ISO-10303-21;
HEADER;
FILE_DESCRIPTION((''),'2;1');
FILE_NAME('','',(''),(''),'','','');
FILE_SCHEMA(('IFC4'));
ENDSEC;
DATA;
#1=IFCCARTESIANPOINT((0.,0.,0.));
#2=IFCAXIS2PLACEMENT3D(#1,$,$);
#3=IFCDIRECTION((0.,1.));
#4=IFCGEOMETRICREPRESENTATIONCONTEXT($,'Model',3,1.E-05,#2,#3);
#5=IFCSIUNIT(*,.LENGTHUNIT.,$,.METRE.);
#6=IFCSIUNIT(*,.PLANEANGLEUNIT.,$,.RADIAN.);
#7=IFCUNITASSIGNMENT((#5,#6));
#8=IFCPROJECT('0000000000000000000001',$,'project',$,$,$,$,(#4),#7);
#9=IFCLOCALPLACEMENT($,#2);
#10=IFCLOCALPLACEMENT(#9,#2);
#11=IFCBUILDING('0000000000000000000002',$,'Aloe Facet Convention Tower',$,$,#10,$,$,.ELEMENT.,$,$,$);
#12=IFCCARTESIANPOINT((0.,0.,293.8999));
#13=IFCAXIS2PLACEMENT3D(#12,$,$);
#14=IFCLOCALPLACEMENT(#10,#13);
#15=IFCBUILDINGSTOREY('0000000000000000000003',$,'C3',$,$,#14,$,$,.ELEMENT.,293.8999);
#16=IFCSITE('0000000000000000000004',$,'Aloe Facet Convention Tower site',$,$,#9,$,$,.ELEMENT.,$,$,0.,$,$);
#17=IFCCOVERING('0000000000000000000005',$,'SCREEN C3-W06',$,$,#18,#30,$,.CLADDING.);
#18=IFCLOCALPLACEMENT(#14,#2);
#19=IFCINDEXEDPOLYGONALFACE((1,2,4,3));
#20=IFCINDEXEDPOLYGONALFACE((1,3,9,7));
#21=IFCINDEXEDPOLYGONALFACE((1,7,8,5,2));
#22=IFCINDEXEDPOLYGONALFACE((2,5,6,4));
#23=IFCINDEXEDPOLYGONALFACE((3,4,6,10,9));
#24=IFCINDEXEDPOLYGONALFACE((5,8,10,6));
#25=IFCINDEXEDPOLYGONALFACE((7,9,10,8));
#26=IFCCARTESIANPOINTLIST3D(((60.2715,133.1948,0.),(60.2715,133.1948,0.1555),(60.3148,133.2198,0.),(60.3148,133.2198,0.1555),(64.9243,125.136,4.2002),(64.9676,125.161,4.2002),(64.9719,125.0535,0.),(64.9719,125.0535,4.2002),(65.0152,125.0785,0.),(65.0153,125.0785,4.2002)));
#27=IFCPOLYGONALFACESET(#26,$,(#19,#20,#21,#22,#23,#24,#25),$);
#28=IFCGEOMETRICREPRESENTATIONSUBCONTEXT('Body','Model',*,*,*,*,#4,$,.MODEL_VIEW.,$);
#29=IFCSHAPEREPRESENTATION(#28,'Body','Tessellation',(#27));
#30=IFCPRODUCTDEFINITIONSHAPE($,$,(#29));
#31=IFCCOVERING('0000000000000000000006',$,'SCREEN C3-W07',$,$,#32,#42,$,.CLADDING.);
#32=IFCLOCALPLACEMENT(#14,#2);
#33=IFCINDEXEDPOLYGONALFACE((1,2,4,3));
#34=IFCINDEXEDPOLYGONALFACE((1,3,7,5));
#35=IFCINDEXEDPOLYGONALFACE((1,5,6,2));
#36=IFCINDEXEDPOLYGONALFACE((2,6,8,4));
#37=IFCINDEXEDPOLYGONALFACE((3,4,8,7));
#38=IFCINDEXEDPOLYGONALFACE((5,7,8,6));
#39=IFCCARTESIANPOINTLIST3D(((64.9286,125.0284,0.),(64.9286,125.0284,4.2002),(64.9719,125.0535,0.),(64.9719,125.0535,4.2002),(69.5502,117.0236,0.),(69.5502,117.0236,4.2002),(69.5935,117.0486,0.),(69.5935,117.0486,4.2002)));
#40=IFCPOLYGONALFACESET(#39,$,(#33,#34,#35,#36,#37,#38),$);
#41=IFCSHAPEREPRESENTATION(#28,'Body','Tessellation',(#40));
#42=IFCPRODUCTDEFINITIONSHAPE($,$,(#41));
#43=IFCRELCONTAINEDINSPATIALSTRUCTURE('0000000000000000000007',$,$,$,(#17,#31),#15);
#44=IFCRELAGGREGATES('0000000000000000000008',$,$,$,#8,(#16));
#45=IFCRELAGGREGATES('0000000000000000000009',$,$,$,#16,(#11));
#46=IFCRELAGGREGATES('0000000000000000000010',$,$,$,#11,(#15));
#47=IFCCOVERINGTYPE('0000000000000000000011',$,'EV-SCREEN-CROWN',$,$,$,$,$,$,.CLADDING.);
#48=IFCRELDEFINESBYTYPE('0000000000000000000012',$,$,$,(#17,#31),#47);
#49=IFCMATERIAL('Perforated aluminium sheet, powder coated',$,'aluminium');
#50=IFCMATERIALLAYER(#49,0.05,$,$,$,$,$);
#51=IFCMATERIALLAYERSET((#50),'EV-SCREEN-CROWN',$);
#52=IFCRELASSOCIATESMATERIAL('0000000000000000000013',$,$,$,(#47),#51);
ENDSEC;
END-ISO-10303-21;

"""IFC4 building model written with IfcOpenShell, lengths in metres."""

from ifc_helpers import new_model, si_unit, direction, frame, origin, place, context, subcontext, project, spatial, polyline, outline, extrude, material, layer, layer_set, type_object, element, save


model = new_model("IFC4")

# Units and contexts
model_context = context("Model", 3, precision=1e-05, world=origin(), true_north=direction((0.0, 1.0)))
body_context = subcontext(model_context, "Body", "Model", "MODEL_VIEW")
ifc_project = project(units=[si_unit("LENGTHUNIT", "METRE"), si_unit("PLANEANGLEUNIT", "RADIAN")], contexts=[model_context])

# Site, building, storey
site_placement = place(None, origin())
site = spatial("IfcSite", under=ifc_project, at=site_placement, Name="Aloe Facet Convention Tower site", CompositionType="ELEMENT", RefElevation=0.0)
building_placement = place(site_placement, origin())
building = spatial("IfcBuilding", under=site, at=building_placement, Name="Aloe Facet Convention Tower", CompositionType="ELEMENT")
storey_placement = place(building_placement, frame((0.0, 0.0, 293.8999)))
storey = spatial("IfcBuildingStorey", under=building, at=storey_placement, Name="C3", CompositionType="ELEMENT", Elevation=293.8999)

# Coverings
ifc_material_1 = material(Name="Perforated aluminium sheet, powder coated", Category="aluminium")
ifc_layer_1 = layer(ifc_material_1, 0.05)
ifc_layer_set_1 = layer_set([ifc_layer_1], Name="EV-SCREEN-CROWN")
covering_type = type_object("IfcCoveringType", Name="EV-SCREEN-CROWN", PredefinedType="CLADDING", material=ifc_layer_set_1)
covering_1_placement = place(storey_placement, frame((60.2715, 133.1948, 0.0), z_axis=(-0.866026, -0.499999, 0.000007), x_axis=(0.000006, 0.000003, 1.0)))
element("IfcCovering", 1, at=covering_1_placement, inside=storey, type_object=covering_type, Name="SCREEN C3-W06", PredefinedType="CLADDING", context=body_context, shape_type="SweptSolid", body=[
    extrude(outline(polyline([(0.0, 0.0), (0.1555, 0.0), (4.2002, -9.3056), (4.2002, -9.4008), (0.0, -9.4008), (0.0, 0.0)])), origin(), (0.0, 0.0, -1.0), 0.05),
])
covering_2_placement = place(storey_placement, frame((64.9719, 125.0535, 0.0), z_axis=(0.866027, 0.499997, 0.0), x_axis=(0.0, 0.0, 1.0)))
element("IfcCovering", 2, at=covering_2_placement, inside=storey, type_object=covering_type, Name="SCREEN C3-W07", PredefinedType="CLADDING", context=body_context, shape_type="SweptSolid", body=[
    extrude(outline(polyline([(0.0, 0.0), (4.2002, 0.0), (4.2002, 9.2432), (0.0, 9.2432), (0.0, 0.0)])), origin(), (0.0, 0.0, -1.0), 0.05),
])

save(model, "model.ifc")
